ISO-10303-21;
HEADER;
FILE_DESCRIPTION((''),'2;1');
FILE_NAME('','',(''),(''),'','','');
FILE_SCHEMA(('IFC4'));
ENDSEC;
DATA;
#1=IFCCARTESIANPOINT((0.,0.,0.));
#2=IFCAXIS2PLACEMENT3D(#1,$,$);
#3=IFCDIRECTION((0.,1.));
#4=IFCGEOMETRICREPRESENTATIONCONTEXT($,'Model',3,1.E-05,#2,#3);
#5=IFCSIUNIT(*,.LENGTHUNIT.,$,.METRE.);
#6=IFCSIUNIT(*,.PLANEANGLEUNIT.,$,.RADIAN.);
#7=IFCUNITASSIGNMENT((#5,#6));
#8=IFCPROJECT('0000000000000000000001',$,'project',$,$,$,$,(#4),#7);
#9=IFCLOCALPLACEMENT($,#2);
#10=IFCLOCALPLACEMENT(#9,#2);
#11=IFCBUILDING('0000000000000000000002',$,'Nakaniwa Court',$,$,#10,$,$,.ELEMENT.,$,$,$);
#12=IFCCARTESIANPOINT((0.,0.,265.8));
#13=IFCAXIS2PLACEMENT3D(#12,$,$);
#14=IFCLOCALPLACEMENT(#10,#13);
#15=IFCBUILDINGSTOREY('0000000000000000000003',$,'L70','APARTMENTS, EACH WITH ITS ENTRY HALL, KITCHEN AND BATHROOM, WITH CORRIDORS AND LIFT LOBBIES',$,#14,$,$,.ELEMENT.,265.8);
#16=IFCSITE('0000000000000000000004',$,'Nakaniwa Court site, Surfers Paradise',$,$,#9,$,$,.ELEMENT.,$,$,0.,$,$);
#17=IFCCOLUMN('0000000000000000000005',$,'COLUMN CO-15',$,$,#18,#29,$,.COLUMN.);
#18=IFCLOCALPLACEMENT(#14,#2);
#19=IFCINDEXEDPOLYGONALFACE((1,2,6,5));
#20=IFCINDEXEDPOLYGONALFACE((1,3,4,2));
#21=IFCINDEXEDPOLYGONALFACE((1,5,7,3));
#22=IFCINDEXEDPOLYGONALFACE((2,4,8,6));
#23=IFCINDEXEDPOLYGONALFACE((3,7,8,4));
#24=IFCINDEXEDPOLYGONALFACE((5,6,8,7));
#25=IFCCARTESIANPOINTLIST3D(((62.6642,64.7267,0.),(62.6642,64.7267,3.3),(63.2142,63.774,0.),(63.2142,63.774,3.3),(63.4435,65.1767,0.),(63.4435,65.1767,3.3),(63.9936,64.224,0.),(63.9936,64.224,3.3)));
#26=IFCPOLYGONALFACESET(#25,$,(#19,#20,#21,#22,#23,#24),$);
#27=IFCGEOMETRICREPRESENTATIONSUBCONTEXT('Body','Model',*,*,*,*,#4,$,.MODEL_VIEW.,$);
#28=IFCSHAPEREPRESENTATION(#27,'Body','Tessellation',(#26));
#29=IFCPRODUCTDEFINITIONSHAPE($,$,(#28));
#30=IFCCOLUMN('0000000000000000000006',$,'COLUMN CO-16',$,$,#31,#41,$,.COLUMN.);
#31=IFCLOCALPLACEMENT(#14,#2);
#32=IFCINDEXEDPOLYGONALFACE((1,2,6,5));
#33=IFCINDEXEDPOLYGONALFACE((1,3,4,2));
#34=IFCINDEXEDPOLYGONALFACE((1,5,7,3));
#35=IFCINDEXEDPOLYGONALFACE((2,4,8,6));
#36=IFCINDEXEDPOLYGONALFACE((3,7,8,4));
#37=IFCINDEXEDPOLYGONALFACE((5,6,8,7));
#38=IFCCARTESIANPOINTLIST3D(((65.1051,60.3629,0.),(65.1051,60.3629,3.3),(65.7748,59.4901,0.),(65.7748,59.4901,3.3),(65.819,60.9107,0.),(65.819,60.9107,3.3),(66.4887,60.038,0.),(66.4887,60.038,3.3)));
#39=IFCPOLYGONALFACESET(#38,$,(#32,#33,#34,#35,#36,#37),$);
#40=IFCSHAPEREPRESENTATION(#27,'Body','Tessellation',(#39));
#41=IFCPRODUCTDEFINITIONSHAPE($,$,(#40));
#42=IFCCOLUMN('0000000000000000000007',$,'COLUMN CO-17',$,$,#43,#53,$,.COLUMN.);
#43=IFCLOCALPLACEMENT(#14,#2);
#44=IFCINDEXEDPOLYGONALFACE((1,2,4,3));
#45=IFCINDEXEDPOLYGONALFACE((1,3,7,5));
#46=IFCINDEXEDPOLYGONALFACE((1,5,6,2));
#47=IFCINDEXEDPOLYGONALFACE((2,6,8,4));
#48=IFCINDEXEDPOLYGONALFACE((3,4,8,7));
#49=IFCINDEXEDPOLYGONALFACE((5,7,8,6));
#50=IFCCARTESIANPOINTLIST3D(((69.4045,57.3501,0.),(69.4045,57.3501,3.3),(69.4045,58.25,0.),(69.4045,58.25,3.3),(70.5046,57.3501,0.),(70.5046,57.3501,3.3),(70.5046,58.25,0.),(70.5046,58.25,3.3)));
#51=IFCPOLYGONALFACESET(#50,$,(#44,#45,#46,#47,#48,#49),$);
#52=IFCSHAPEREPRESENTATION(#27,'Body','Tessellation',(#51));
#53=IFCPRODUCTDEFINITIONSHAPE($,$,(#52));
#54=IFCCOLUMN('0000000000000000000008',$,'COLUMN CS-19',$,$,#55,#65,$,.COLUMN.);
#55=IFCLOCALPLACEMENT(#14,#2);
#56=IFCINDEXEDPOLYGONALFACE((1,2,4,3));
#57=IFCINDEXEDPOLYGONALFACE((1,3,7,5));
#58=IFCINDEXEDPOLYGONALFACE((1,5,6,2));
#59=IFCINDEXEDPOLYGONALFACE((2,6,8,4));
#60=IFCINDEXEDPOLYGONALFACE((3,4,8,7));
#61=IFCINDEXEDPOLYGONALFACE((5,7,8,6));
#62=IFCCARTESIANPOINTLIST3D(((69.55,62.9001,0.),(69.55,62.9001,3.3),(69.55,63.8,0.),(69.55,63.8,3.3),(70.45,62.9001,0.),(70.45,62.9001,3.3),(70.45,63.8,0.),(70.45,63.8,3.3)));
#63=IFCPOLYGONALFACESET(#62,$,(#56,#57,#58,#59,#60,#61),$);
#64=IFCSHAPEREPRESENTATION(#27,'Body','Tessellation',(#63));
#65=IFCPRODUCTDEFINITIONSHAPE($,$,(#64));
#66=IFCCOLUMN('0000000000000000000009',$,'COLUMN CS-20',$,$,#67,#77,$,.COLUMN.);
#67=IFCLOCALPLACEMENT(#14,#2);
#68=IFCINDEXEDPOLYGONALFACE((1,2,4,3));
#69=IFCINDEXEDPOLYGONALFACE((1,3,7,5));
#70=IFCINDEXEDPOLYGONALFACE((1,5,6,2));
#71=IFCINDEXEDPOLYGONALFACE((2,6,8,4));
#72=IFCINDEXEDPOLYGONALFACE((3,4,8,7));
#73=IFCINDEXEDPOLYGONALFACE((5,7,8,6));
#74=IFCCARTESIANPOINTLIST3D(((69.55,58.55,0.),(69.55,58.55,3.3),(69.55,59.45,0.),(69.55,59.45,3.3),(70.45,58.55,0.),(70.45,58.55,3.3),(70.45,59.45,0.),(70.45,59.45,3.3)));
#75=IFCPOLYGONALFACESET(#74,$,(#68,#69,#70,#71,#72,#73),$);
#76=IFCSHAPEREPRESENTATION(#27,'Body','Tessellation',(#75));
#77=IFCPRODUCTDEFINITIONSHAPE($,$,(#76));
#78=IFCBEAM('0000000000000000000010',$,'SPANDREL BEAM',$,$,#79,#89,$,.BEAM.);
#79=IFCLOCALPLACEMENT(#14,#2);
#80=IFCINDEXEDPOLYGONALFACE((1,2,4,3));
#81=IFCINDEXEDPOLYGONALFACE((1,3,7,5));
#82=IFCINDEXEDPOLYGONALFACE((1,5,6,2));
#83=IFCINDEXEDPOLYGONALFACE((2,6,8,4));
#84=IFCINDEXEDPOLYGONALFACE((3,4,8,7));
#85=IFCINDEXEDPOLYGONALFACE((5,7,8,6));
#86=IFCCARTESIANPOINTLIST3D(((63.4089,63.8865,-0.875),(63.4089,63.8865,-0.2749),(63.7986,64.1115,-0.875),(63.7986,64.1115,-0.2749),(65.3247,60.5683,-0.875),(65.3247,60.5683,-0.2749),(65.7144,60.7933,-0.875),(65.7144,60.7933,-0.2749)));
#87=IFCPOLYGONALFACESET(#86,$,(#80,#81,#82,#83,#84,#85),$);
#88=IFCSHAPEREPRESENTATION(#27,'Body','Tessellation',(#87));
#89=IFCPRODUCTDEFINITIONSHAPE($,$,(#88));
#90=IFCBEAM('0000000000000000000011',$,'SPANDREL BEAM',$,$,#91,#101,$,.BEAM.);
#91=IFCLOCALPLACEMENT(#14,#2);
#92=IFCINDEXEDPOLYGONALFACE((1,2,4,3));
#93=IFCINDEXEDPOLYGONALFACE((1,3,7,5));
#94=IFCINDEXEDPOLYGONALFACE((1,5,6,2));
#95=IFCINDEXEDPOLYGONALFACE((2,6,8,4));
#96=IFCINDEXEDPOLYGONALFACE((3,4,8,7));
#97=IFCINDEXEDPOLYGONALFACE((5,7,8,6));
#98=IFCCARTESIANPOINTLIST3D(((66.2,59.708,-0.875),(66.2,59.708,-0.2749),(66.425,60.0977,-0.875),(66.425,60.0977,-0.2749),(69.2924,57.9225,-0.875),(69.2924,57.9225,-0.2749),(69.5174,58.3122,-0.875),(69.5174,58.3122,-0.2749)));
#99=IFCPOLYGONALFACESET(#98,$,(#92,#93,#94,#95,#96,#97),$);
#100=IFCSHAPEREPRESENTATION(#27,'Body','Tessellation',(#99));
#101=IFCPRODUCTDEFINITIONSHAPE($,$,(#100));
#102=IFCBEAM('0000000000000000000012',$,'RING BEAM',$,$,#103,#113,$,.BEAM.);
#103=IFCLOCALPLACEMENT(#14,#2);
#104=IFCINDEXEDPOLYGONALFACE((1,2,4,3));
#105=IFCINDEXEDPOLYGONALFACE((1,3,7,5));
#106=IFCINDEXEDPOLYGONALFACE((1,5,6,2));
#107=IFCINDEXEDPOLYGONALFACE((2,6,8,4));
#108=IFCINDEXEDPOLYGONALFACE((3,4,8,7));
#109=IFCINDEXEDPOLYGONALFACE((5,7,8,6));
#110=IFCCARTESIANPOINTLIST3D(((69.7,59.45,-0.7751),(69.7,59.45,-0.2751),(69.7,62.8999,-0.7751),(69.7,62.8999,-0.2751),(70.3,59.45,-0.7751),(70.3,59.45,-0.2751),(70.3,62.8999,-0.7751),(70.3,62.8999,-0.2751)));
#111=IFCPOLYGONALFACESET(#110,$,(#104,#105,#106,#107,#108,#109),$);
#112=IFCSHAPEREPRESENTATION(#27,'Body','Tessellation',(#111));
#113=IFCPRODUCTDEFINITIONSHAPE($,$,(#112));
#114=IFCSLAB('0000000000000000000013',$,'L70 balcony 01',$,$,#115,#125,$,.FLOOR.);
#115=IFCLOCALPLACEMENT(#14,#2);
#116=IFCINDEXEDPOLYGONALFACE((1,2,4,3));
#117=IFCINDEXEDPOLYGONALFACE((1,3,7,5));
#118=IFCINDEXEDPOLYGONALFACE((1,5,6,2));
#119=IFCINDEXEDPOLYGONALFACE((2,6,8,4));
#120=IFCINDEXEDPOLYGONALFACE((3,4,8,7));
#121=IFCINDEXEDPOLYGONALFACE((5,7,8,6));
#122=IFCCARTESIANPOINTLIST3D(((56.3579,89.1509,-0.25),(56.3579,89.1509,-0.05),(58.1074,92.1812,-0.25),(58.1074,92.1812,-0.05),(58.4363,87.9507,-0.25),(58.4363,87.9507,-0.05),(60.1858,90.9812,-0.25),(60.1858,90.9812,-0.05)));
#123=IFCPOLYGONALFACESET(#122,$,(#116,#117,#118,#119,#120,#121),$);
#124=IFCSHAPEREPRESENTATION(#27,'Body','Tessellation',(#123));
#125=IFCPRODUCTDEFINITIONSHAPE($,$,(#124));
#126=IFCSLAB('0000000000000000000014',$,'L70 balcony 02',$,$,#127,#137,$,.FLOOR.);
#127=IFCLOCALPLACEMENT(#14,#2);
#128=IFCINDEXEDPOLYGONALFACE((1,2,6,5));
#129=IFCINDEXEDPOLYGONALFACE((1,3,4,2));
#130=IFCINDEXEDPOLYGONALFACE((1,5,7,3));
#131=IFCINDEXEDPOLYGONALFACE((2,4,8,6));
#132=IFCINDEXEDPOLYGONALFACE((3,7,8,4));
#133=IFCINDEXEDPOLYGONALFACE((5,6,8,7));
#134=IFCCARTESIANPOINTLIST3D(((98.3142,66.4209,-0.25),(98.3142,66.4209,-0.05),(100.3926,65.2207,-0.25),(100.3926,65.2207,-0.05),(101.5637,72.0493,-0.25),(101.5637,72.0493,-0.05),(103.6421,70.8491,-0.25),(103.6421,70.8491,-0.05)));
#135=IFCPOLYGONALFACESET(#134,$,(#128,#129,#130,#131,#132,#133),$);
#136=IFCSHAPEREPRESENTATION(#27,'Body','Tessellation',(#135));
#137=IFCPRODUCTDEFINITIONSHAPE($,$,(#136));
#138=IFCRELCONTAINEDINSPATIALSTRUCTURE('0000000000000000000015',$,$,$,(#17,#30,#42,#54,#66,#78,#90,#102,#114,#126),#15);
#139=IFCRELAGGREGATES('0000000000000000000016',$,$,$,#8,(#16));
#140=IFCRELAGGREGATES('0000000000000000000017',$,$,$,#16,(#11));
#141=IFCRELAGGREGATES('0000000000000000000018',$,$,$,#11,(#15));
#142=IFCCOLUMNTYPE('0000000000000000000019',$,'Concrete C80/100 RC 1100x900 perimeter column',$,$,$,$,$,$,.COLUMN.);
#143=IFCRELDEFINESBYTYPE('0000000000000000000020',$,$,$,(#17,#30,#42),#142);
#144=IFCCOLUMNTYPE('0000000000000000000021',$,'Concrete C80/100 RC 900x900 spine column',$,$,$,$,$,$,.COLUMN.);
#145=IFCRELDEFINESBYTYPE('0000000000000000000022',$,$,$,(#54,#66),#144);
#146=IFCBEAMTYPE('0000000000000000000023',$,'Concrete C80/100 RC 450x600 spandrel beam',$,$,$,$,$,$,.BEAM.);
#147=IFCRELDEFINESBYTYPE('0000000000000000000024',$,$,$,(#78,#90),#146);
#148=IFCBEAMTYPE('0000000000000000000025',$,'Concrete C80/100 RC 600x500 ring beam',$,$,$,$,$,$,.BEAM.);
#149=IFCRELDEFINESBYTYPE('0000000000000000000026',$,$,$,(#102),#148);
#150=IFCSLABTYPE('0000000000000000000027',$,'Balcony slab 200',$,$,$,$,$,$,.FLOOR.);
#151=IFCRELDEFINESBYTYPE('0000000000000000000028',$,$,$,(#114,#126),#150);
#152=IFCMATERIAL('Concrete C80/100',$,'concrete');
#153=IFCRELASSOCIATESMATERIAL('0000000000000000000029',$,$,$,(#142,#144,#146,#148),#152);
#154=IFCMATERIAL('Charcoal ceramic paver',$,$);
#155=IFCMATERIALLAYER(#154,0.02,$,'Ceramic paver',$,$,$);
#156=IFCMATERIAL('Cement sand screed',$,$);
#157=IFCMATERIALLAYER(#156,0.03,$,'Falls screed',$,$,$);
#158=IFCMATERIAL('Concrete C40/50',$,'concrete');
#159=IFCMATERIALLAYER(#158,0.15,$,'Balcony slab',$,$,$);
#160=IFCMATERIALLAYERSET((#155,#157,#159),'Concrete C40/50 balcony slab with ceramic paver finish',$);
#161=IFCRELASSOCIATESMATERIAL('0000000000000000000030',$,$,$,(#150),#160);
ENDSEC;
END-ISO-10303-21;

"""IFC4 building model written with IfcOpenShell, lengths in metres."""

from ifc_helpers import new_model, si_unit, direction, frame, origin, origin_2d, place, context, subcontext, project, spatial, polyline, rectangle, outline, extrude, material, layer, layer_set, material_profile, profile_set, type_object, element, save


model = new_model("IFC4")

# Units and contexts
model_context = context("Model", 3, precision=1e-05, world=origin(), true_north=direction((0.0, 1.0)))
body_context = subcontext(model_context, "Body", "Model", "MODEL_VIEW")
ifc_project = project(units=[si_unit("LENGTHUNIT", "METRE"), si_unit("PLANEANGLEUNIT", "RADIAN")], contexts=[model_context])

# Site, building, storey
site_placement = place(None, origin())
site = spatial("IfcSite", under=ifc_project, at=site_placement, Name="Nakaniwa Court site, Surfers Paradise", CompositionType="ELEMENT", RefElevation=0.0)
building_placement = place(site_placement, origin())
building = spatial("IfcBuilding", under=site, at=building_placement, Name="Nakaniwa Court", CompositionType="ELEMENT")
storey_placement = place(building_placement, frame((0.0, 0.0, 265.8)))
storey = spatial("IfcBuildingStorey", under=building, at=storey_placement, Name="L70", Description="APARTMENTS, EACH WITH ITS ENTRY HALL, KITCHEN AND BATHROOM, WITH CORRIDORS AND LIFT LOBBIES", CompositionType="ELEMENT", Elevation=265.8)

# Columns
ifc_material_1 = material(Name="Concrete C80/100", Category="concrete")
ifc_material_profile_1 = material_profile(ifc_material_1, rectangle(XDim=1.1001, YDim=0.8999, at=origin_2d()), Name="Concrete C80/100 RC 1100x900 perimeter column")
ifc_profile_set_1 = profile_set([ifc_material_profile_1], Name="Concrete C80/100")
column_type_1 = type_object("IfcColumnType", Name="Concrete C80/100 RC 1100x900 perimeter column", PredefinedType="COLUMN", material=ifc_profile_set_1)
for number, where, z_axis, x_axis, name in (
    (1, (63.3289, 64.4753, 0.0), (0.0, 0.0, 1.0), (0.5, -0.866025, 0.0), "COLUMN CO-15"),
    (2, (65.7969, 60.2004, 0.0), (0.0, 0.0, 1.0), (0.608761, -0.793353, 0.0), "COLUMN CO-16"),
    (3, (69.9546, 57.8, 0.0), (0.0, 0.0, 1.0), (1.0, 0.0, 0.0), "COLUMN CO-17"),
):
    element("IfcColumn", number, at=place(storey_placement, frame(where, z_axis=z_axis, x_axis=x_axis)), inside=storey, type_object=column_type_1, Name=name, PredefinedType="COLUMN", context=body_context, shape_type="SweptSolid", body=[
        extrude(rectangle(XDim=1.1001, YDim=0.8999, at=origin_2d()), origin(), (0.0, 0.0, 1.0), 3.3),
    ])
ifc_material_profile_2 = material_profile(ifc_material_1, rectangle(XDim=0.8999, YDim=0.8999, at=origin_2d()), Name="Concrete C80/100 RC 900x900 spine column")
ifc_profile_set_2 = profile_set([ifc_material_profile_2], Name="Concrete C80/100")
column_type_2 = type_object("IfcColumnType", Name="Concrete C80/100 RC 900x900 spine column", PredefinedType="COLUMN", material=ifc_profile_set_2)
for number, where, z_axis, x_axis, name in (
    (4, (70.0, 63.3501, 0.0), (0.0, 0.0, 1.0), (0.0, -1.0, 0.0), "COLUMN CS-19"),
    (5, (70.0, 59.0, 0.0), (0.0, 0.0, 1.0), (0.0, -1.0, 0.0), "COLUMN CS-20"),
):
    element("IfcColumn", number, at=place(storey_placement, frame(where, z_axis=z_axis, x_axis=x_axis)), inside=storey, type_object=column_type_2, Name=name, PredefinedType="COLUMN", context=body_context, shape_type="SweptSolid", body=[
        extrude(rectangle(XDim=0.8999, YDim=0.8999, at=origin_2d()), origin(), (0.0, 0.0, 1.0), 3.3),
    ])

# Beams
ifc_material_profile_3 = material_profile(ifc_material_1, rectangle(XDim=0.45, YDim=0.6001, at=origin_2d()), Name="Concrete C80/100 RC 450x600 spandrel beam")
ifc_profile_set_3 = profile_set([ifc_material_profile_3], Name="Concrete C80/100")
beam_type_1 = type_object("IfcBeamType", Name="Concrete C80/100 RC 450x600 spandrel beam", PredefinedType="BEAM", material=ifc_profile_set_3)
beam_1_placement = place(storey_placement, frame((63.6038, 63.999, -0.575), z_axis=(0.500011, -0.866019, 0.0), x_axis=(0.866019, 0.500011, 0.0)))
element("IfcBeam", 6, at=beam_1_placement, inside=storey, type_object=beam_type_1, Name="SPANDREL BEAM", PredefinedType="BEAM", context=body_context, shape_type="SweptSolid", body=[
    extrude(rectangle(XDim=0.45, YDim=0.6001, at=origin_2d()), origin(), (0.0, 0.0, 1.0), 3.8315),
])
beam_2_placement = place(storey_placement, frame((66.3125, 59.9028, -0.575), z_axis=(0.866017, -0.500014, 0.0), x_axis=(0.500014, 0.866017, 0.0)))
element("IfcBeam", 7, at=beam_2_placement, inside=storey, type_object=beam_type_1, Name="SPANDREL BEAM", PredefinedType="BEAM", context=body_context, shape_type="SweptSolid", body=[
    extrude(rectangle(XDim=0.45, YDim=0.6001, at=origin_2d()), origin(), (0.0, 0.0, 1.0), 3.5708),
])
ifc_material_profile_4 = material_profile(ifc_material_1, rectangle(XDim=0.6001, YDim=0.5, at=origin_2d()), Name="Concrete C80/100 RC 600x500 ring beam")
ifc_profile_set_4 = profile_set([ifc_material_profile_4], Name="Concrete C80/100")
beam_type_2 = type_object("IfcBeamType", Name="Concrete C80/100 RC 600x500 ring beam", PredefinedType="BEAM", material=ifc_profile_set_4)
beam_3_placement = place(storey_placement, frame((70.0, 62.8999, -0.5251), z_axis=(0.0, -1.0, 0.0), x_axis=(1.0, 0.0, 0.0)))
element("IfcBeam", 8, at=beam_3_placement, inside=storey, type_object=beam_type_2, Name="RING BEAM", PredefinedType="BEAM", context=body_context, shape_type="SweptSolid", body=[
    extrude(rectangle(XDim=0.6001, YDim=0.5, at=origin_2d()), origin(), (0.0, 0.0, 1.0), 3.45),
])

# Slabs
ifc_material_2 = material(Name="Charcoal ceramic paver")
ifc_layer_1 = layer(ifc_material_2, 0.02, Name="Ceramic paver")
ifc_material_3 = material(Name="Cement sand screed")
ifc_layer_2 = layer(ifc_material_3, 0.03, Name="Falls screed")
ifc_material_4 = material(Name="Concrete C40/50", Category="concrete")
ifc_layer_3 = layer(ifc_material_4, 0.15, Name="Balcony slab")
ifc_layer_set_1 = layer_set([ifc_layer_1, ifc_layer_2, ifc_layer_3], Name="Concrete C40/50 balcony slab with ceramic paver finish")
slab_type_1 = type_object("IfcSlabType", Name="Balcony slab 200", PredefinedType="FLOOR", material=ifc_layer_set_1)
slab_1_placement = place(storey_placement, frame((0.0, 0.0, -0.25)))
element("IfcSlab", 9, at=slab_1_placement, inside=storey, type_object=slab_type_1, Name="L70 balcony 01", PredefinedType="FLOOR", context=body_context, shape_type="SweptSolid", body=[
    extrude(outline(polyline([(60.1858, 90.9812), (58.4363, 87.9507), (56.3579, 89.1509), (58.1074, 92.1812), (60.1858, 90.9812)])), origin(), (0.0, 0.0, 1.0), 0.2),
])
slab_2_placement = place(storey_placement, frame((0.0, 0.0, -0.25)))
element("IfcSlab", 10, at=slab_2_placement, inside=storey, type_object=slab_type_1, Name="L70 balcony 02", PredefinedType="FLOOR", context=body_context, shape_type="SweptSolid", body=[
    extrude(outline(polyline([(98.3142, 66.4209), (101.5637, 72.0493), (103.6421, 70.8491), (100.3926, 65.2207), (98.3142, 66.4209)])), origin(), (0.0, 0.0, 1.0), 0.2),
])

save(model, "model.ifc")
